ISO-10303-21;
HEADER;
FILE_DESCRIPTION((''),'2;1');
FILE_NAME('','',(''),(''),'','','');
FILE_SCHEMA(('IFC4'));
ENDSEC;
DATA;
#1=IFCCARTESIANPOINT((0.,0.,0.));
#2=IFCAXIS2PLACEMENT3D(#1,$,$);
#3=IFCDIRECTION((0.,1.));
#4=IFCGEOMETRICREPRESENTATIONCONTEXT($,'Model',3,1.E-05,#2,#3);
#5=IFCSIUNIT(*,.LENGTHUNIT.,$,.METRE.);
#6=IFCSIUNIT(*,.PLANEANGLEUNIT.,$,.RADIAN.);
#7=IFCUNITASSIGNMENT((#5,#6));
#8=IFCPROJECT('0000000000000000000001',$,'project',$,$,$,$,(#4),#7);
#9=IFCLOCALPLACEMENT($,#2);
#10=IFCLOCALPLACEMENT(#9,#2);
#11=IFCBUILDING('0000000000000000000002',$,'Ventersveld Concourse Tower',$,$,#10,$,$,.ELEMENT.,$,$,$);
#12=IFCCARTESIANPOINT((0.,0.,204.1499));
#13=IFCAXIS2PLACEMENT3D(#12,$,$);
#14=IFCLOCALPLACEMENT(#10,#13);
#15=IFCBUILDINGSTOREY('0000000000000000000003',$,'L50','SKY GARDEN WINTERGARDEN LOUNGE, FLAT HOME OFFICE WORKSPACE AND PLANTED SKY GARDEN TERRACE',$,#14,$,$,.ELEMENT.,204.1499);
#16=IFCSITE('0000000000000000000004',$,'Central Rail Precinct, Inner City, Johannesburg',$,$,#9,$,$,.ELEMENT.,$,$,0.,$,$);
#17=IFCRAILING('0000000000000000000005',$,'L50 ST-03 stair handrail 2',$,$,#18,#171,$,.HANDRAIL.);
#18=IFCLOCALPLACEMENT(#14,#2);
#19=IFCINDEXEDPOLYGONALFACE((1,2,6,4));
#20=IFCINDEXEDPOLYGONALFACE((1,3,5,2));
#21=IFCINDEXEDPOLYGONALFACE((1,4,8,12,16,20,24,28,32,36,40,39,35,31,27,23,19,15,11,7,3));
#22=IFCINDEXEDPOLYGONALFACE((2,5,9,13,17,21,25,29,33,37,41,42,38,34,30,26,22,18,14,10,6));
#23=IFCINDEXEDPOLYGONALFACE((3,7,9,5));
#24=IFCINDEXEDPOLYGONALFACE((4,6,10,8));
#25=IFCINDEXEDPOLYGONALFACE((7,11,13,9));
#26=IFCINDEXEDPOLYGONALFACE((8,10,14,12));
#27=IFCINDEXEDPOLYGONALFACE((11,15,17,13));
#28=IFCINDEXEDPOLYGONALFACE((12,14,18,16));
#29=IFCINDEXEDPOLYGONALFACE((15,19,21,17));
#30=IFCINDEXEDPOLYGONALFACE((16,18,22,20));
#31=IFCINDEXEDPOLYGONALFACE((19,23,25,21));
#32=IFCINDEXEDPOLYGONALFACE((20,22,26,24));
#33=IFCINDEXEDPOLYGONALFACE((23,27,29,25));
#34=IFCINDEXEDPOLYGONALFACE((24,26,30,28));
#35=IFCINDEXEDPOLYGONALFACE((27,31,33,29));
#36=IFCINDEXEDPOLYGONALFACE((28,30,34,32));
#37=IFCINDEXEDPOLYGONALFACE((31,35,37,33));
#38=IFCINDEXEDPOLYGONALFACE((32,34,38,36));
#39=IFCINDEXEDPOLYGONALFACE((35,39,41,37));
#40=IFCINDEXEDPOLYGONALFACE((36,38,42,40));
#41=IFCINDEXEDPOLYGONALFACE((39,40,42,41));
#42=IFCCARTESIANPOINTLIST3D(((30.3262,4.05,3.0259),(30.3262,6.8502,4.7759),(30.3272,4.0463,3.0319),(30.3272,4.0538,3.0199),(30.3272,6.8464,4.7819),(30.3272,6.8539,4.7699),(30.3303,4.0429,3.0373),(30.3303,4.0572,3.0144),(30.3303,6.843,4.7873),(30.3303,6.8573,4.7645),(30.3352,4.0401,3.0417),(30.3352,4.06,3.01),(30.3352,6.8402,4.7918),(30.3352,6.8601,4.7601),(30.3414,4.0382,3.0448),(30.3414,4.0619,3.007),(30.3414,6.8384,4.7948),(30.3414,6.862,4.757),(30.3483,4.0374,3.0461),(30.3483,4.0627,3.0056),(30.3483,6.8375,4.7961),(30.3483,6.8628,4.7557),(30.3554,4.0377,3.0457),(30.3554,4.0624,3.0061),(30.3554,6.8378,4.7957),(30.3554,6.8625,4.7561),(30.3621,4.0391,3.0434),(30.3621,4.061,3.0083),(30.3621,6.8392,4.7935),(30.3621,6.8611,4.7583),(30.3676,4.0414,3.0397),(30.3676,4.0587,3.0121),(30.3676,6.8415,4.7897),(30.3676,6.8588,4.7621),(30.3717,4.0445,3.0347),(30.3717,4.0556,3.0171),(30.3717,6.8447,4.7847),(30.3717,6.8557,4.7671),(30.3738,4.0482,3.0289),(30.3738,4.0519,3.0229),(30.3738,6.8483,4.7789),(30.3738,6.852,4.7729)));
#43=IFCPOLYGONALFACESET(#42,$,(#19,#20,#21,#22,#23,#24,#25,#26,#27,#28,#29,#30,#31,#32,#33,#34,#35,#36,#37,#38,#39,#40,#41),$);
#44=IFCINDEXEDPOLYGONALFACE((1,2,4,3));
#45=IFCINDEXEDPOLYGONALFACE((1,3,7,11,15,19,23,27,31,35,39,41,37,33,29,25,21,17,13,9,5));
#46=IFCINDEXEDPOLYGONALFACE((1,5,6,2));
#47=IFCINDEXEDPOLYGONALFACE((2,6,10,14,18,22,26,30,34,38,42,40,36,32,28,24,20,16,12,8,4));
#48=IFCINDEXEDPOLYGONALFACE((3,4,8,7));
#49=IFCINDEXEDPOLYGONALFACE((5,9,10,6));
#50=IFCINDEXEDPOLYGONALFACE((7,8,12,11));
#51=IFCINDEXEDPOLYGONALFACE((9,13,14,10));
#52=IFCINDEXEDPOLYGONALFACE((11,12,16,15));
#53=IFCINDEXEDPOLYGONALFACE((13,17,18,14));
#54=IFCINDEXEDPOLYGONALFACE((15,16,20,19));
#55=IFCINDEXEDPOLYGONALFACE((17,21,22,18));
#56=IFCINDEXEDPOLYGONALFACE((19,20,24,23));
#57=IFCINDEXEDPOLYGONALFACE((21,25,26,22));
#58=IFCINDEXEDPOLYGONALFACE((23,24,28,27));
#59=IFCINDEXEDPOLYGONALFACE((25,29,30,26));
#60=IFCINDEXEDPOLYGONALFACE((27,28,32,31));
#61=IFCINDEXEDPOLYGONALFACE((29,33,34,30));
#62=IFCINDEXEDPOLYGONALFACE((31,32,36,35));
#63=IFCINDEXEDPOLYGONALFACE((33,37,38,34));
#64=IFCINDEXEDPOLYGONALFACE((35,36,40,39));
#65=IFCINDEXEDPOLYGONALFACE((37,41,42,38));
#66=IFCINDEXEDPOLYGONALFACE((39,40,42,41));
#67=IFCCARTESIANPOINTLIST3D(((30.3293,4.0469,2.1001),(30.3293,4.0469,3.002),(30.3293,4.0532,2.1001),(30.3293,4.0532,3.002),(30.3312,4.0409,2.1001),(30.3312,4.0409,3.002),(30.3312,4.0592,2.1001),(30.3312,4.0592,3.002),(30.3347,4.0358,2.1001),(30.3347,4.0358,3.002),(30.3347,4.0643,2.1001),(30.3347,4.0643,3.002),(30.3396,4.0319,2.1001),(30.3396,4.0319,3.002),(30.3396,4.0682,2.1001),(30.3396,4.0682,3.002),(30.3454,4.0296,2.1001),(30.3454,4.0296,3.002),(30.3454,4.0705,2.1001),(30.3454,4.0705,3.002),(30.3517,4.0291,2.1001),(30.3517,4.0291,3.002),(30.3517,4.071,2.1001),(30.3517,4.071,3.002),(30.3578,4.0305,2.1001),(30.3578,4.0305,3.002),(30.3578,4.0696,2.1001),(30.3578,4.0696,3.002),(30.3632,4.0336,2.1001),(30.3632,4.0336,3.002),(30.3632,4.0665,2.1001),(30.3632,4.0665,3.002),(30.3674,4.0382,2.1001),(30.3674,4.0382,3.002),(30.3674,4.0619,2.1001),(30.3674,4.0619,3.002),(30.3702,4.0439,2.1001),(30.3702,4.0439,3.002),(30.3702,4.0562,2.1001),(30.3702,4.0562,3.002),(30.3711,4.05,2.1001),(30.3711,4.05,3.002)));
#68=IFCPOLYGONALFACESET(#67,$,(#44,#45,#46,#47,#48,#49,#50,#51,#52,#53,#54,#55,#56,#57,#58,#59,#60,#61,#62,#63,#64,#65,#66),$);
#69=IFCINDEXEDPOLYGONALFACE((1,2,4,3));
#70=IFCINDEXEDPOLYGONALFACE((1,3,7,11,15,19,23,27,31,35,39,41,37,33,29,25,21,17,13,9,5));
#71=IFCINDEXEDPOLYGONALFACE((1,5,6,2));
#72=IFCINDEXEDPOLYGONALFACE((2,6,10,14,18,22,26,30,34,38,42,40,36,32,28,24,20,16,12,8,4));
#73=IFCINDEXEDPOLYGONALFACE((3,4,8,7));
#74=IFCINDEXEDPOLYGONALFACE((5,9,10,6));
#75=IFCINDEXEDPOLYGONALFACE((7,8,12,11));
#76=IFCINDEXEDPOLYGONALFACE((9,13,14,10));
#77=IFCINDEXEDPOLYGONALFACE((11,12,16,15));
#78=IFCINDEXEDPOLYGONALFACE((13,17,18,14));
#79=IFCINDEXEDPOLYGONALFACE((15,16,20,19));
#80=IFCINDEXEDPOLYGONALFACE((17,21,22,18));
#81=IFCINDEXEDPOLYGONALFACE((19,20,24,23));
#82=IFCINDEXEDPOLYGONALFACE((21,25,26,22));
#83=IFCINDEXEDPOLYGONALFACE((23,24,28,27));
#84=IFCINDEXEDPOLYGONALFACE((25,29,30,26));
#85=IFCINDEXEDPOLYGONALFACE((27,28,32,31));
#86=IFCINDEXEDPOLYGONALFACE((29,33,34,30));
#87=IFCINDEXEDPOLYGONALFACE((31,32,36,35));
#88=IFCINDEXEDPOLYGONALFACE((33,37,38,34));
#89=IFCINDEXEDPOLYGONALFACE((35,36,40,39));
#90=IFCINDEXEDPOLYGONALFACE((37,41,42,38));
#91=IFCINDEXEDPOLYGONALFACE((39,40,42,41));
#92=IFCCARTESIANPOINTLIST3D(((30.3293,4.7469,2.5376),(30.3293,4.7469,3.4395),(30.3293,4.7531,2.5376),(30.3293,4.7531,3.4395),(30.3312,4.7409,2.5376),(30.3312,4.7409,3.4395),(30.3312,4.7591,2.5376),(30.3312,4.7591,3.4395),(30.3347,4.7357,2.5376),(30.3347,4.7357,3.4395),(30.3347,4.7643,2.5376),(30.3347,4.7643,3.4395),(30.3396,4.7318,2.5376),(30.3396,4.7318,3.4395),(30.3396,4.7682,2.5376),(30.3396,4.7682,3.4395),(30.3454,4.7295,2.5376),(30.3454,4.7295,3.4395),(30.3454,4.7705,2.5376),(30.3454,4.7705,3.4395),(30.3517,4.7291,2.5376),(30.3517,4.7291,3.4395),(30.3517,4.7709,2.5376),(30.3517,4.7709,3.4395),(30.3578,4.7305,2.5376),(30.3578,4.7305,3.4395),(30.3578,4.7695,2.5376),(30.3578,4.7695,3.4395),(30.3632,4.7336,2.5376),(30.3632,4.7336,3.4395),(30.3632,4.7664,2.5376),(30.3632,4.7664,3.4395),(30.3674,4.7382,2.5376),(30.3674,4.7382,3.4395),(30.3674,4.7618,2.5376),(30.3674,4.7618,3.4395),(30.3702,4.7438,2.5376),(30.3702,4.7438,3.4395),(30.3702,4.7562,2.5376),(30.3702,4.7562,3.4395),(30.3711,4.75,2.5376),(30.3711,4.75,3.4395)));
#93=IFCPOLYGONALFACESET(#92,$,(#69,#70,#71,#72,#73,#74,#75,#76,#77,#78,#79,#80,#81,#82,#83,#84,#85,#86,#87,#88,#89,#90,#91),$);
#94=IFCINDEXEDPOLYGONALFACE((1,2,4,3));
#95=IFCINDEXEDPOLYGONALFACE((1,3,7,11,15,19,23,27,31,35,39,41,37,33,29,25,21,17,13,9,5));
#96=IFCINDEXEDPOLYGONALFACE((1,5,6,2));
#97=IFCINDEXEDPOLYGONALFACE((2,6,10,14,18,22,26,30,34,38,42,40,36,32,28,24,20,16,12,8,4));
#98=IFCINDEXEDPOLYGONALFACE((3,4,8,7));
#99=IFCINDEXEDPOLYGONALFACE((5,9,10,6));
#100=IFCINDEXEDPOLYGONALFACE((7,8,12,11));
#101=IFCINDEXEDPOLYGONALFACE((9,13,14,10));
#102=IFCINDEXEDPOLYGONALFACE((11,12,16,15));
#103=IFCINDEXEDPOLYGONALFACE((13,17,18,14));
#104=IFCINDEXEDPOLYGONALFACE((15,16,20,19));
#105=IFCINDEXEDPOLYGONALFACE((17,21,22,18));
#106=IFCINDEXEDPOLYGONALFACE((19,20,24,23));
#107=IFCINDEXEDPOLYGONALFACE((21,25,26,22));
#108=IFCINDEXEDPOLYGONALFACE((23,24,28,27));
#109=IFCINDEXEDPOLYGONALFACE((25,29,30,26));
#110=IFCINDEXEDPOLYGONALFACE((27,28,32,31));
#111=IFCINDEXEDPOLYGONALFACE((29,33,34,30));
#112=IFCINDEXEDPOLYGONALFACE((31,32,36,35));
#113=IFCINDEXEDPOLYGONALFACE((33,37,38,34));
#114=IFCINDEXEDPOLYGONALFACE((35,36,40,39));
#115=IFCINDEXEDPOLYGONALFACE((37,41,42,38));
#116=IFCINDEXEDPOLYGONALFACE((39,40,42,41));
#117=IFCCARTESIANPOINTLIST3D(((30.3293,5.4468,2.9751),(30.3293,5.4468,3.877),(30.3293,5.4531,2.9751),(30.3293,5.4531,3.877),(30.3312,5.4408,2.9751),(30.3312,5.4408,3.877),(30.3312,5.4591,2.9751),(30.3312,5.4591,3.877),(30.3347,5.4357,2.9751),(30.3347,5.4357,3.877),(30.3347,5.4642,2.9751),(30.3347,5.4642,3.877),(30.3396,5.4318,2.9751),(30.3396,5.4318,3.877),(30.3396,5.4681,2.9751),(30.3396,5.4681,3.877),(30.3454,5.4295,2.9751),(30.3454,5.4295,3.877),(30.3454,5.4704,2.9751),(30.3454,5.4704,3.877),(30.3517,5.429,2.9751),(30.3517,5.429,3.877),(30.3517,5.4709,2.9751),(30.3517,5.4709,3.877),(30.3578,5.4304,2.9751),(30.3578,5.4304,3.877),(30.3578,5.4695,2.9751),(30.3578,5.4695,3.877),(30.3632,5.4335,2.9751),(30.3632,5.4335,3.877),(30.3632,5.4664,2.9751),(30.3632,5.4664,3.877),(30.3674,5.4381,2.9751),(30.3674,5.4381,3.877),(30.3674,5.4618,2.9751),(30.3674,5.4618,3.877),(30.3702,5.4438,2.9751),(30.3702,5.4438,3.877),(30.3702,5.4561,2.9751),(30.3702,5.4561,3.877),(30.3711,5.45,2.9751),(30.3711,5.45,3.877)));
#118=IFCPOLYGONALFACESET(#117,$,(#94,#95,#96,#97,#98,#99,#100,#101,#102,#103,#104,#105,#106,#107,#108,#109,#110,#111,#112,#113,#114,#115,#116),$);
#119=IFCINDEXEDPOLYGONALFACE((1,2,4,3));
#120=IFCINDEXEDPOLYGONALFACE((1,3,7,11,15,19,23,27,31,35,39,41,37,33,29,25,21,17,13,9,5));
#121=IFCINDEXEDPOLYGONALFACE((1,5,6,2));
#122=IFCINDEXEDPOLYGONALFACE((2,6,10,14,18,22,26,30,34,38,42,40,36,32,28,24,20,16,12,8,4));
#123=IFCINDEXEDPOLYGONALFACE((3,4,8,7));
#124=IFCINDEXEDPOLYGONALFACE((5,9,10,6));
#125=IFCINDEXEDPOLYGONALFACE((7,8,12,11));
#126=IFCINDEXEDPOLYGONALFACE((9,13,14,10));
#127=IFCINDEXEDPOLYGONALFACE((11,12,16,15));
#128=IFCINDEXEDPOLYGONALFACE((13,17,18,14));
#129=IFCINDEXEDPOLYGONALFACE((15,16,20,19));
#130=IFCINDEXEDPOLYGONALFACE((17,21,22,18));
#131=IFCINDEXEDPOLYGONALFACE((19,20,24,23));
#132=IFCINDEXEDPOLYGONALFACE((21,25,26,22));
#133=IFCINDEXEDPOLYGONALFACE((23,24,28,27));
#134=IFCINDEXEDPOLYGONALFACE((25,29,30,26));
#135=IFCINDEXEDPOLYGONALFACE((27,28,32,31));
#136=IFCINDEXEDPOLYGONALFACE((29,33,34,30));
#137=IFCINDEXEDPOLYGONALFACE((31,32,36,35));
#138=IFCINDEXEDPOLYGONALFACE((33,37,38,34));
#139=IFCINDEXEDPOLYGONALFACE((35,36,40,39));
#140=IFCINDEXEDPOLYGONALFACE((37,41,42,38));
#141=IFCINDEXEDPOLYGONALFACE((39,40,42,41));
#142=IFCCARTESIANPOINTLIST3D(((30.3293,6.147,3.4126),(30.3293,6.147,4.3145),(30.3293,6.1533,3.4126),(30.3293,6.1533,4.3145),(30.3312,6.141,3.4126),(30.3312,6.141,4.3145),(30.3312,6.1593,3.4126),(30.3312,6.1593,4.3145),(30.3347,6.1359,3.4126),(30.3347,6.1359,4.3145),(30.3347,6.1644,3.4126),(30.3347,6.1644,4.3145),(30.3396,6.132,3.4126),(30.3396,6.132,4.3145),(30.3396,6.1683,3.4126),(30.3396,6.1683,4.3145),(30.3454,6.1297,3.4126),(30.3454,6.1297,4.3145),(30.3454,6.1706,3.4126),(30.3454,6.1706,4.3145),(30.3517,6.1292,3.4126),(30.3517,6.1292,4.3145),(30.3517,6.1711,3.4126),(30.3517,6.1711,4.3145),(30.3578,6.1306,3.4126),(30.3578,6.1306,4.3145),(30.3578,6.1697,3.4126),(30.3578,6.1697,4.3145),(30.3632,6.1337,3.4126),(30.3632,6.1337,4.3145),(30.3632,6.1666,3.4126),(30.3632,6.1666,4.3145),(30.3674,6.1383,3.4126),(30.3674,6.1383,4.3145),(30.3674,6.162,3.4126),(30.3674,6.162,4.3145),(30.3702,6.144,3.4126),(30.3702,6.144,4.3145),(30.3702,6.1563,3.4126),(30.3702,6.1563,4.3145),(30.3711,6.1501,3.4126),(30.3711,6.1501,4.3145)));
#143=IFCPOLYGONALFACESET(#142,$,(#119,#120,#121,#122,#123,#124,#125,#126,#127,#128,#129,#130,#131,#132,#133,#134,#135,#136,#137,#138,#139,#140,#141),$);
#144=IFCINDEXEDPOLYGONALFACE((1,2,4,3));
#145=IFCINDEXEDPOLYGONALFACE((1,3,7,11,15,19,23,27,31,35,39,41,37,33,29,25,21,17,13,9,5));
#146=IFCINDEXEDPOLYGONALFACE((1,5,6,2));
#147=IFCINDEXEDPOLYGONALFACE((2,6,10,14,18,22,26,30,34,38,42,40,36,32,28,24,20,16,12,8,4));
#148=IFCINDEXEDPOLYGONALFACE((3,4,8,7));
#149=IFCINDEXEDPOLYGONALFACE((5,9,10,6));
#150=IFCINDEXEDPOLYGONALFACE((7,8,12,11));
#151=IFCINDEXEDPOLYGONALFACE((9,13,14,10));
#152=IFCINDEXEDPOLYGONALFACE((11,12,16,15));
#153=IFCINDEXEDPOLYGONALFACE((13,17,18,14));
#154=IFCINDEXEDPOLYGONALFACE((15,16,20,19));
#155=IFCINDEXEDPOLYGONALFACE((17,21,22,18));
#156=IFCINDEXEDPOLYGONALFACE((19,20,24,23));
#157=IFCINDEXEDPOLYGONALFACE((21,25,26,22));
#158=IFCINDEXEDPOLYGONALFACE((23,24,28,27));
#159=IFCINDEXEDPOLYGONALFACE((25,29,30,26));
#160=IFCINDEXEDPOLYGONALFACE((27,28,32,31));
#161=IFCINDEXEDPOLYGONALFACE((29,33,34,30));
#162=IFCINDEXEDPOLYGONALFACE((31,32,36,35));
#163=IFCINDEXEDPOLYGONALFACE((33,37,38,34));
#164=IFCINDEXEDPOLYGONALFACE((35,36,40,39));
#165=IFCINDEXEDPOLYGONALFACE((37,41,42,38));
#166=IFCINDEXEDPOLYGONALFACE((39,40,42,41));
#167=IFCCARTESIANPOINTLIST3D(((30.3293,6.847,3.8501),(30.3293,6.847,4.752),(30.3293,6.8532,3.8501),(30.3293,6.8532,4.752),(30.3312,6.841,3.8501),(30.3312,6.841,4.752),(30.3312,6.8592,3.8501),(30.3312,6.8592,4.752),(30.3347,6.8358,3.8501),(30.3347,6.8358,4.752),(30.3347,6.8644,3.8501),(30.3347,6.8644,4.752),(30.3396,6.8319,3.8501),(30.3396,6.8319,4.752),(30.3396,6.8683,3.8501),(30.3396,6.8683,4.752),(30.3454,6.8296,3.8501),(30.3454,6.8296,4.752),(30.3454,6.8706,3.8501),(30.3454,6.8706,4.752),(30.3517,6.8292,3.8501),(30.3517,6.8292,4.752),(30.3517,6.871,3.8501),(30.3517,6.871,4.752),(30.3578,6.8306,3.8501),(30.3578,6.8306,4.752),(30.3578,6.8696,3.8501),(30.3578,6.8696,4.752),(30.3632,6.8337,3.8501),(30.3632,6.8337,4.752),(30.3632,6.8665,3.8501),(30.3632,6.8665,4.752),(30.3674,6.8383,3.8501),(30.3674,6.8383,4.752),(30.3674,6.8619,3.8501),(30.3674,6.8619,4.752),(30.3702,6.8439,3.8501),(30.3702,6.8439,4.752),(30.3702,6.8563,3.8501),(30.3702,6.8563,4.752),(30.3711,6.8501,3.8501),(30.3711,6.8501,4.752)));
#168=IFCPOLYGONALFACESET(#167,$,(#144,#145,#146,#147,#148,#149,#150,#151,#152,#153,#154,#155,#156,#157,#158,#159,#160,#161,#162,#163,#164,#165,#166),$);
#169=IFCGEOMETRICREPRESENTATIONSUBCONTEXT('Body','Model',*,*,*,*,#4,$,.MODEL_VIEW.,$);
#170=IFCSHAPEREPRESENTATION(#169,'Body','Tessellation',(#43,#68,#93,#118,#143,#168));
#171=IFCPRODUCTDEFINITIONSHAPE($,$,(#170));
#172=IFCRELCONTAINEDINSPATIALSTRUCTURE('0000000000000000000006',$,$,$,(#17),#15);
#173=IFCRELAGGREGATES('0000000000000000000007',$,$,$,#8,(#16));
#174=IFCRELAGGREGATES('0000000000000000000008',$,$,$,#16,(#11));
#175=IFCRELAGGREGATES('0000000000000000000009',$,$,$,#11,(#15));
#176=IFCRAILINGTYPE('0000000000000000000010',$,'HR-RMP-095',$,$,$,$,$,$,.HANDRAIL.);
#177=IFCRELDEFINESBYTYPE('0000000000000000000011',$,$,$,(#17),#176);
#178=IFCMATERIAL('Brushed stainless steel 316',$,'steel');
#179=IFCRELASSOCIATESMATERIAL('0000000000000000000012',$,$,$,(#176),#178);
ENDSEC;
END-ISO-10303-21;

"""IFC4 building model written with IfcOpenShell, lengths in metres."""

from ifc_helpers import new_model, si_unit, direction, frame, origin, origin_2d, place, context, subcontext, project, spatial, circle, extrude, material, type_object, element, save


model = new_model("IFC4")

# Units and contexts
model_context = context("Model", 3, precision=1e-05, world=origin(), true_north=direction((0.0, 1.0)))
body_context = subcontext(model_context, "Body", "Model", "MODEL_VIEW")
ifc_project = project(units=[si_unit("LENGTHUNIT", "METRE"), si_unit("PLANEANGLEUNIT", "RADIAN")], contexts=[model_context])

# Site, building, storey
site_placement = place(None, origin())
site = spatial("IfcSite", under=ifc_project, at=site_placement, Name="Central Rail Precinct, Inner City, Johannesburg", CompositionType="ELEMENT", RefElevation=0.0)
building_placement = place(site_placement, origin())
building = spatial("IfcBuilding", under=site, at=building_placement, Name="Ventersveld Concourse Tower", CompositionType="ELEMENT")
storey_placement = place(building_placement, frame((0.0, 0.0, 204.1499)))
storey = spatial("IfcBuildingStorey", under=building, at=storey_placement, Name="L50", Description="SKY GARDEN WINTERGARDEN LOUNGE, FLAT HOME OFFICE WORKSPACE AND PLANTED SKY GARDEN TERRACE", CompositionType="ELEMENT", Elevation=204.1499)

# Shared definitions
ifc_material_1 = material(Name="Brushed stainless steel 316", Category="steel")

# Railing
railing_type_1 = type_object("IfcRailingType", Name="HR-RMP-095", PredefinedType="HANDRAIL", material=ifc_material_1)
railing_1_placement = place(storey_placement, frame((30.3501, 4.05, 2.1001)))
element("IfcRailing", 1, at=railing_1_placement, inside=storey, type_object=railing_type_1, Name="L50 ST-03 stair handrail 2", PredefinedType="HANDRAIL", context=body_context, shape_type="SweptSolid", body=[
    extrude(circle(Radius=0.0239, at=origin_2d()), frame((0.0, 0.0, 0.9258), z_axis=(0.0, 0.848002, 0.529992), x_axis=(-1.0, 0.0, 0.0)), (0.0, 0.0, 1.0), 3.302),
    extrude(circle(Radius=0.021, at=origin_2d()), origin(), (0.0, 0.0, 1.0), 0.9019),
    extrude(circle(Radius=0.021, at=origin_2d()), frame((0.0, 0.7, 0.4375)), (0.0, 0.0, 1.0), 0.9019),
    extrude(circle(Radius=0.021, at=origin_2d()), frame((0.0, 1.3999, 0.875)), (0.0, 0.0, 1.0), 0.9019),
    extrude(circle(Radius=0.021, at=origin_2d()), frame((0.0, 2.1001, 1.3125)), (0.0, 0.0, 1.0), 0.9019),
    extrude(circle(Radius=0.021, at=origin_2d()), frame((0.0, 2.8, 1.75)), (0.0, 0.0, 1.0), 0.9019),
])

save(model, "model.ifc")
